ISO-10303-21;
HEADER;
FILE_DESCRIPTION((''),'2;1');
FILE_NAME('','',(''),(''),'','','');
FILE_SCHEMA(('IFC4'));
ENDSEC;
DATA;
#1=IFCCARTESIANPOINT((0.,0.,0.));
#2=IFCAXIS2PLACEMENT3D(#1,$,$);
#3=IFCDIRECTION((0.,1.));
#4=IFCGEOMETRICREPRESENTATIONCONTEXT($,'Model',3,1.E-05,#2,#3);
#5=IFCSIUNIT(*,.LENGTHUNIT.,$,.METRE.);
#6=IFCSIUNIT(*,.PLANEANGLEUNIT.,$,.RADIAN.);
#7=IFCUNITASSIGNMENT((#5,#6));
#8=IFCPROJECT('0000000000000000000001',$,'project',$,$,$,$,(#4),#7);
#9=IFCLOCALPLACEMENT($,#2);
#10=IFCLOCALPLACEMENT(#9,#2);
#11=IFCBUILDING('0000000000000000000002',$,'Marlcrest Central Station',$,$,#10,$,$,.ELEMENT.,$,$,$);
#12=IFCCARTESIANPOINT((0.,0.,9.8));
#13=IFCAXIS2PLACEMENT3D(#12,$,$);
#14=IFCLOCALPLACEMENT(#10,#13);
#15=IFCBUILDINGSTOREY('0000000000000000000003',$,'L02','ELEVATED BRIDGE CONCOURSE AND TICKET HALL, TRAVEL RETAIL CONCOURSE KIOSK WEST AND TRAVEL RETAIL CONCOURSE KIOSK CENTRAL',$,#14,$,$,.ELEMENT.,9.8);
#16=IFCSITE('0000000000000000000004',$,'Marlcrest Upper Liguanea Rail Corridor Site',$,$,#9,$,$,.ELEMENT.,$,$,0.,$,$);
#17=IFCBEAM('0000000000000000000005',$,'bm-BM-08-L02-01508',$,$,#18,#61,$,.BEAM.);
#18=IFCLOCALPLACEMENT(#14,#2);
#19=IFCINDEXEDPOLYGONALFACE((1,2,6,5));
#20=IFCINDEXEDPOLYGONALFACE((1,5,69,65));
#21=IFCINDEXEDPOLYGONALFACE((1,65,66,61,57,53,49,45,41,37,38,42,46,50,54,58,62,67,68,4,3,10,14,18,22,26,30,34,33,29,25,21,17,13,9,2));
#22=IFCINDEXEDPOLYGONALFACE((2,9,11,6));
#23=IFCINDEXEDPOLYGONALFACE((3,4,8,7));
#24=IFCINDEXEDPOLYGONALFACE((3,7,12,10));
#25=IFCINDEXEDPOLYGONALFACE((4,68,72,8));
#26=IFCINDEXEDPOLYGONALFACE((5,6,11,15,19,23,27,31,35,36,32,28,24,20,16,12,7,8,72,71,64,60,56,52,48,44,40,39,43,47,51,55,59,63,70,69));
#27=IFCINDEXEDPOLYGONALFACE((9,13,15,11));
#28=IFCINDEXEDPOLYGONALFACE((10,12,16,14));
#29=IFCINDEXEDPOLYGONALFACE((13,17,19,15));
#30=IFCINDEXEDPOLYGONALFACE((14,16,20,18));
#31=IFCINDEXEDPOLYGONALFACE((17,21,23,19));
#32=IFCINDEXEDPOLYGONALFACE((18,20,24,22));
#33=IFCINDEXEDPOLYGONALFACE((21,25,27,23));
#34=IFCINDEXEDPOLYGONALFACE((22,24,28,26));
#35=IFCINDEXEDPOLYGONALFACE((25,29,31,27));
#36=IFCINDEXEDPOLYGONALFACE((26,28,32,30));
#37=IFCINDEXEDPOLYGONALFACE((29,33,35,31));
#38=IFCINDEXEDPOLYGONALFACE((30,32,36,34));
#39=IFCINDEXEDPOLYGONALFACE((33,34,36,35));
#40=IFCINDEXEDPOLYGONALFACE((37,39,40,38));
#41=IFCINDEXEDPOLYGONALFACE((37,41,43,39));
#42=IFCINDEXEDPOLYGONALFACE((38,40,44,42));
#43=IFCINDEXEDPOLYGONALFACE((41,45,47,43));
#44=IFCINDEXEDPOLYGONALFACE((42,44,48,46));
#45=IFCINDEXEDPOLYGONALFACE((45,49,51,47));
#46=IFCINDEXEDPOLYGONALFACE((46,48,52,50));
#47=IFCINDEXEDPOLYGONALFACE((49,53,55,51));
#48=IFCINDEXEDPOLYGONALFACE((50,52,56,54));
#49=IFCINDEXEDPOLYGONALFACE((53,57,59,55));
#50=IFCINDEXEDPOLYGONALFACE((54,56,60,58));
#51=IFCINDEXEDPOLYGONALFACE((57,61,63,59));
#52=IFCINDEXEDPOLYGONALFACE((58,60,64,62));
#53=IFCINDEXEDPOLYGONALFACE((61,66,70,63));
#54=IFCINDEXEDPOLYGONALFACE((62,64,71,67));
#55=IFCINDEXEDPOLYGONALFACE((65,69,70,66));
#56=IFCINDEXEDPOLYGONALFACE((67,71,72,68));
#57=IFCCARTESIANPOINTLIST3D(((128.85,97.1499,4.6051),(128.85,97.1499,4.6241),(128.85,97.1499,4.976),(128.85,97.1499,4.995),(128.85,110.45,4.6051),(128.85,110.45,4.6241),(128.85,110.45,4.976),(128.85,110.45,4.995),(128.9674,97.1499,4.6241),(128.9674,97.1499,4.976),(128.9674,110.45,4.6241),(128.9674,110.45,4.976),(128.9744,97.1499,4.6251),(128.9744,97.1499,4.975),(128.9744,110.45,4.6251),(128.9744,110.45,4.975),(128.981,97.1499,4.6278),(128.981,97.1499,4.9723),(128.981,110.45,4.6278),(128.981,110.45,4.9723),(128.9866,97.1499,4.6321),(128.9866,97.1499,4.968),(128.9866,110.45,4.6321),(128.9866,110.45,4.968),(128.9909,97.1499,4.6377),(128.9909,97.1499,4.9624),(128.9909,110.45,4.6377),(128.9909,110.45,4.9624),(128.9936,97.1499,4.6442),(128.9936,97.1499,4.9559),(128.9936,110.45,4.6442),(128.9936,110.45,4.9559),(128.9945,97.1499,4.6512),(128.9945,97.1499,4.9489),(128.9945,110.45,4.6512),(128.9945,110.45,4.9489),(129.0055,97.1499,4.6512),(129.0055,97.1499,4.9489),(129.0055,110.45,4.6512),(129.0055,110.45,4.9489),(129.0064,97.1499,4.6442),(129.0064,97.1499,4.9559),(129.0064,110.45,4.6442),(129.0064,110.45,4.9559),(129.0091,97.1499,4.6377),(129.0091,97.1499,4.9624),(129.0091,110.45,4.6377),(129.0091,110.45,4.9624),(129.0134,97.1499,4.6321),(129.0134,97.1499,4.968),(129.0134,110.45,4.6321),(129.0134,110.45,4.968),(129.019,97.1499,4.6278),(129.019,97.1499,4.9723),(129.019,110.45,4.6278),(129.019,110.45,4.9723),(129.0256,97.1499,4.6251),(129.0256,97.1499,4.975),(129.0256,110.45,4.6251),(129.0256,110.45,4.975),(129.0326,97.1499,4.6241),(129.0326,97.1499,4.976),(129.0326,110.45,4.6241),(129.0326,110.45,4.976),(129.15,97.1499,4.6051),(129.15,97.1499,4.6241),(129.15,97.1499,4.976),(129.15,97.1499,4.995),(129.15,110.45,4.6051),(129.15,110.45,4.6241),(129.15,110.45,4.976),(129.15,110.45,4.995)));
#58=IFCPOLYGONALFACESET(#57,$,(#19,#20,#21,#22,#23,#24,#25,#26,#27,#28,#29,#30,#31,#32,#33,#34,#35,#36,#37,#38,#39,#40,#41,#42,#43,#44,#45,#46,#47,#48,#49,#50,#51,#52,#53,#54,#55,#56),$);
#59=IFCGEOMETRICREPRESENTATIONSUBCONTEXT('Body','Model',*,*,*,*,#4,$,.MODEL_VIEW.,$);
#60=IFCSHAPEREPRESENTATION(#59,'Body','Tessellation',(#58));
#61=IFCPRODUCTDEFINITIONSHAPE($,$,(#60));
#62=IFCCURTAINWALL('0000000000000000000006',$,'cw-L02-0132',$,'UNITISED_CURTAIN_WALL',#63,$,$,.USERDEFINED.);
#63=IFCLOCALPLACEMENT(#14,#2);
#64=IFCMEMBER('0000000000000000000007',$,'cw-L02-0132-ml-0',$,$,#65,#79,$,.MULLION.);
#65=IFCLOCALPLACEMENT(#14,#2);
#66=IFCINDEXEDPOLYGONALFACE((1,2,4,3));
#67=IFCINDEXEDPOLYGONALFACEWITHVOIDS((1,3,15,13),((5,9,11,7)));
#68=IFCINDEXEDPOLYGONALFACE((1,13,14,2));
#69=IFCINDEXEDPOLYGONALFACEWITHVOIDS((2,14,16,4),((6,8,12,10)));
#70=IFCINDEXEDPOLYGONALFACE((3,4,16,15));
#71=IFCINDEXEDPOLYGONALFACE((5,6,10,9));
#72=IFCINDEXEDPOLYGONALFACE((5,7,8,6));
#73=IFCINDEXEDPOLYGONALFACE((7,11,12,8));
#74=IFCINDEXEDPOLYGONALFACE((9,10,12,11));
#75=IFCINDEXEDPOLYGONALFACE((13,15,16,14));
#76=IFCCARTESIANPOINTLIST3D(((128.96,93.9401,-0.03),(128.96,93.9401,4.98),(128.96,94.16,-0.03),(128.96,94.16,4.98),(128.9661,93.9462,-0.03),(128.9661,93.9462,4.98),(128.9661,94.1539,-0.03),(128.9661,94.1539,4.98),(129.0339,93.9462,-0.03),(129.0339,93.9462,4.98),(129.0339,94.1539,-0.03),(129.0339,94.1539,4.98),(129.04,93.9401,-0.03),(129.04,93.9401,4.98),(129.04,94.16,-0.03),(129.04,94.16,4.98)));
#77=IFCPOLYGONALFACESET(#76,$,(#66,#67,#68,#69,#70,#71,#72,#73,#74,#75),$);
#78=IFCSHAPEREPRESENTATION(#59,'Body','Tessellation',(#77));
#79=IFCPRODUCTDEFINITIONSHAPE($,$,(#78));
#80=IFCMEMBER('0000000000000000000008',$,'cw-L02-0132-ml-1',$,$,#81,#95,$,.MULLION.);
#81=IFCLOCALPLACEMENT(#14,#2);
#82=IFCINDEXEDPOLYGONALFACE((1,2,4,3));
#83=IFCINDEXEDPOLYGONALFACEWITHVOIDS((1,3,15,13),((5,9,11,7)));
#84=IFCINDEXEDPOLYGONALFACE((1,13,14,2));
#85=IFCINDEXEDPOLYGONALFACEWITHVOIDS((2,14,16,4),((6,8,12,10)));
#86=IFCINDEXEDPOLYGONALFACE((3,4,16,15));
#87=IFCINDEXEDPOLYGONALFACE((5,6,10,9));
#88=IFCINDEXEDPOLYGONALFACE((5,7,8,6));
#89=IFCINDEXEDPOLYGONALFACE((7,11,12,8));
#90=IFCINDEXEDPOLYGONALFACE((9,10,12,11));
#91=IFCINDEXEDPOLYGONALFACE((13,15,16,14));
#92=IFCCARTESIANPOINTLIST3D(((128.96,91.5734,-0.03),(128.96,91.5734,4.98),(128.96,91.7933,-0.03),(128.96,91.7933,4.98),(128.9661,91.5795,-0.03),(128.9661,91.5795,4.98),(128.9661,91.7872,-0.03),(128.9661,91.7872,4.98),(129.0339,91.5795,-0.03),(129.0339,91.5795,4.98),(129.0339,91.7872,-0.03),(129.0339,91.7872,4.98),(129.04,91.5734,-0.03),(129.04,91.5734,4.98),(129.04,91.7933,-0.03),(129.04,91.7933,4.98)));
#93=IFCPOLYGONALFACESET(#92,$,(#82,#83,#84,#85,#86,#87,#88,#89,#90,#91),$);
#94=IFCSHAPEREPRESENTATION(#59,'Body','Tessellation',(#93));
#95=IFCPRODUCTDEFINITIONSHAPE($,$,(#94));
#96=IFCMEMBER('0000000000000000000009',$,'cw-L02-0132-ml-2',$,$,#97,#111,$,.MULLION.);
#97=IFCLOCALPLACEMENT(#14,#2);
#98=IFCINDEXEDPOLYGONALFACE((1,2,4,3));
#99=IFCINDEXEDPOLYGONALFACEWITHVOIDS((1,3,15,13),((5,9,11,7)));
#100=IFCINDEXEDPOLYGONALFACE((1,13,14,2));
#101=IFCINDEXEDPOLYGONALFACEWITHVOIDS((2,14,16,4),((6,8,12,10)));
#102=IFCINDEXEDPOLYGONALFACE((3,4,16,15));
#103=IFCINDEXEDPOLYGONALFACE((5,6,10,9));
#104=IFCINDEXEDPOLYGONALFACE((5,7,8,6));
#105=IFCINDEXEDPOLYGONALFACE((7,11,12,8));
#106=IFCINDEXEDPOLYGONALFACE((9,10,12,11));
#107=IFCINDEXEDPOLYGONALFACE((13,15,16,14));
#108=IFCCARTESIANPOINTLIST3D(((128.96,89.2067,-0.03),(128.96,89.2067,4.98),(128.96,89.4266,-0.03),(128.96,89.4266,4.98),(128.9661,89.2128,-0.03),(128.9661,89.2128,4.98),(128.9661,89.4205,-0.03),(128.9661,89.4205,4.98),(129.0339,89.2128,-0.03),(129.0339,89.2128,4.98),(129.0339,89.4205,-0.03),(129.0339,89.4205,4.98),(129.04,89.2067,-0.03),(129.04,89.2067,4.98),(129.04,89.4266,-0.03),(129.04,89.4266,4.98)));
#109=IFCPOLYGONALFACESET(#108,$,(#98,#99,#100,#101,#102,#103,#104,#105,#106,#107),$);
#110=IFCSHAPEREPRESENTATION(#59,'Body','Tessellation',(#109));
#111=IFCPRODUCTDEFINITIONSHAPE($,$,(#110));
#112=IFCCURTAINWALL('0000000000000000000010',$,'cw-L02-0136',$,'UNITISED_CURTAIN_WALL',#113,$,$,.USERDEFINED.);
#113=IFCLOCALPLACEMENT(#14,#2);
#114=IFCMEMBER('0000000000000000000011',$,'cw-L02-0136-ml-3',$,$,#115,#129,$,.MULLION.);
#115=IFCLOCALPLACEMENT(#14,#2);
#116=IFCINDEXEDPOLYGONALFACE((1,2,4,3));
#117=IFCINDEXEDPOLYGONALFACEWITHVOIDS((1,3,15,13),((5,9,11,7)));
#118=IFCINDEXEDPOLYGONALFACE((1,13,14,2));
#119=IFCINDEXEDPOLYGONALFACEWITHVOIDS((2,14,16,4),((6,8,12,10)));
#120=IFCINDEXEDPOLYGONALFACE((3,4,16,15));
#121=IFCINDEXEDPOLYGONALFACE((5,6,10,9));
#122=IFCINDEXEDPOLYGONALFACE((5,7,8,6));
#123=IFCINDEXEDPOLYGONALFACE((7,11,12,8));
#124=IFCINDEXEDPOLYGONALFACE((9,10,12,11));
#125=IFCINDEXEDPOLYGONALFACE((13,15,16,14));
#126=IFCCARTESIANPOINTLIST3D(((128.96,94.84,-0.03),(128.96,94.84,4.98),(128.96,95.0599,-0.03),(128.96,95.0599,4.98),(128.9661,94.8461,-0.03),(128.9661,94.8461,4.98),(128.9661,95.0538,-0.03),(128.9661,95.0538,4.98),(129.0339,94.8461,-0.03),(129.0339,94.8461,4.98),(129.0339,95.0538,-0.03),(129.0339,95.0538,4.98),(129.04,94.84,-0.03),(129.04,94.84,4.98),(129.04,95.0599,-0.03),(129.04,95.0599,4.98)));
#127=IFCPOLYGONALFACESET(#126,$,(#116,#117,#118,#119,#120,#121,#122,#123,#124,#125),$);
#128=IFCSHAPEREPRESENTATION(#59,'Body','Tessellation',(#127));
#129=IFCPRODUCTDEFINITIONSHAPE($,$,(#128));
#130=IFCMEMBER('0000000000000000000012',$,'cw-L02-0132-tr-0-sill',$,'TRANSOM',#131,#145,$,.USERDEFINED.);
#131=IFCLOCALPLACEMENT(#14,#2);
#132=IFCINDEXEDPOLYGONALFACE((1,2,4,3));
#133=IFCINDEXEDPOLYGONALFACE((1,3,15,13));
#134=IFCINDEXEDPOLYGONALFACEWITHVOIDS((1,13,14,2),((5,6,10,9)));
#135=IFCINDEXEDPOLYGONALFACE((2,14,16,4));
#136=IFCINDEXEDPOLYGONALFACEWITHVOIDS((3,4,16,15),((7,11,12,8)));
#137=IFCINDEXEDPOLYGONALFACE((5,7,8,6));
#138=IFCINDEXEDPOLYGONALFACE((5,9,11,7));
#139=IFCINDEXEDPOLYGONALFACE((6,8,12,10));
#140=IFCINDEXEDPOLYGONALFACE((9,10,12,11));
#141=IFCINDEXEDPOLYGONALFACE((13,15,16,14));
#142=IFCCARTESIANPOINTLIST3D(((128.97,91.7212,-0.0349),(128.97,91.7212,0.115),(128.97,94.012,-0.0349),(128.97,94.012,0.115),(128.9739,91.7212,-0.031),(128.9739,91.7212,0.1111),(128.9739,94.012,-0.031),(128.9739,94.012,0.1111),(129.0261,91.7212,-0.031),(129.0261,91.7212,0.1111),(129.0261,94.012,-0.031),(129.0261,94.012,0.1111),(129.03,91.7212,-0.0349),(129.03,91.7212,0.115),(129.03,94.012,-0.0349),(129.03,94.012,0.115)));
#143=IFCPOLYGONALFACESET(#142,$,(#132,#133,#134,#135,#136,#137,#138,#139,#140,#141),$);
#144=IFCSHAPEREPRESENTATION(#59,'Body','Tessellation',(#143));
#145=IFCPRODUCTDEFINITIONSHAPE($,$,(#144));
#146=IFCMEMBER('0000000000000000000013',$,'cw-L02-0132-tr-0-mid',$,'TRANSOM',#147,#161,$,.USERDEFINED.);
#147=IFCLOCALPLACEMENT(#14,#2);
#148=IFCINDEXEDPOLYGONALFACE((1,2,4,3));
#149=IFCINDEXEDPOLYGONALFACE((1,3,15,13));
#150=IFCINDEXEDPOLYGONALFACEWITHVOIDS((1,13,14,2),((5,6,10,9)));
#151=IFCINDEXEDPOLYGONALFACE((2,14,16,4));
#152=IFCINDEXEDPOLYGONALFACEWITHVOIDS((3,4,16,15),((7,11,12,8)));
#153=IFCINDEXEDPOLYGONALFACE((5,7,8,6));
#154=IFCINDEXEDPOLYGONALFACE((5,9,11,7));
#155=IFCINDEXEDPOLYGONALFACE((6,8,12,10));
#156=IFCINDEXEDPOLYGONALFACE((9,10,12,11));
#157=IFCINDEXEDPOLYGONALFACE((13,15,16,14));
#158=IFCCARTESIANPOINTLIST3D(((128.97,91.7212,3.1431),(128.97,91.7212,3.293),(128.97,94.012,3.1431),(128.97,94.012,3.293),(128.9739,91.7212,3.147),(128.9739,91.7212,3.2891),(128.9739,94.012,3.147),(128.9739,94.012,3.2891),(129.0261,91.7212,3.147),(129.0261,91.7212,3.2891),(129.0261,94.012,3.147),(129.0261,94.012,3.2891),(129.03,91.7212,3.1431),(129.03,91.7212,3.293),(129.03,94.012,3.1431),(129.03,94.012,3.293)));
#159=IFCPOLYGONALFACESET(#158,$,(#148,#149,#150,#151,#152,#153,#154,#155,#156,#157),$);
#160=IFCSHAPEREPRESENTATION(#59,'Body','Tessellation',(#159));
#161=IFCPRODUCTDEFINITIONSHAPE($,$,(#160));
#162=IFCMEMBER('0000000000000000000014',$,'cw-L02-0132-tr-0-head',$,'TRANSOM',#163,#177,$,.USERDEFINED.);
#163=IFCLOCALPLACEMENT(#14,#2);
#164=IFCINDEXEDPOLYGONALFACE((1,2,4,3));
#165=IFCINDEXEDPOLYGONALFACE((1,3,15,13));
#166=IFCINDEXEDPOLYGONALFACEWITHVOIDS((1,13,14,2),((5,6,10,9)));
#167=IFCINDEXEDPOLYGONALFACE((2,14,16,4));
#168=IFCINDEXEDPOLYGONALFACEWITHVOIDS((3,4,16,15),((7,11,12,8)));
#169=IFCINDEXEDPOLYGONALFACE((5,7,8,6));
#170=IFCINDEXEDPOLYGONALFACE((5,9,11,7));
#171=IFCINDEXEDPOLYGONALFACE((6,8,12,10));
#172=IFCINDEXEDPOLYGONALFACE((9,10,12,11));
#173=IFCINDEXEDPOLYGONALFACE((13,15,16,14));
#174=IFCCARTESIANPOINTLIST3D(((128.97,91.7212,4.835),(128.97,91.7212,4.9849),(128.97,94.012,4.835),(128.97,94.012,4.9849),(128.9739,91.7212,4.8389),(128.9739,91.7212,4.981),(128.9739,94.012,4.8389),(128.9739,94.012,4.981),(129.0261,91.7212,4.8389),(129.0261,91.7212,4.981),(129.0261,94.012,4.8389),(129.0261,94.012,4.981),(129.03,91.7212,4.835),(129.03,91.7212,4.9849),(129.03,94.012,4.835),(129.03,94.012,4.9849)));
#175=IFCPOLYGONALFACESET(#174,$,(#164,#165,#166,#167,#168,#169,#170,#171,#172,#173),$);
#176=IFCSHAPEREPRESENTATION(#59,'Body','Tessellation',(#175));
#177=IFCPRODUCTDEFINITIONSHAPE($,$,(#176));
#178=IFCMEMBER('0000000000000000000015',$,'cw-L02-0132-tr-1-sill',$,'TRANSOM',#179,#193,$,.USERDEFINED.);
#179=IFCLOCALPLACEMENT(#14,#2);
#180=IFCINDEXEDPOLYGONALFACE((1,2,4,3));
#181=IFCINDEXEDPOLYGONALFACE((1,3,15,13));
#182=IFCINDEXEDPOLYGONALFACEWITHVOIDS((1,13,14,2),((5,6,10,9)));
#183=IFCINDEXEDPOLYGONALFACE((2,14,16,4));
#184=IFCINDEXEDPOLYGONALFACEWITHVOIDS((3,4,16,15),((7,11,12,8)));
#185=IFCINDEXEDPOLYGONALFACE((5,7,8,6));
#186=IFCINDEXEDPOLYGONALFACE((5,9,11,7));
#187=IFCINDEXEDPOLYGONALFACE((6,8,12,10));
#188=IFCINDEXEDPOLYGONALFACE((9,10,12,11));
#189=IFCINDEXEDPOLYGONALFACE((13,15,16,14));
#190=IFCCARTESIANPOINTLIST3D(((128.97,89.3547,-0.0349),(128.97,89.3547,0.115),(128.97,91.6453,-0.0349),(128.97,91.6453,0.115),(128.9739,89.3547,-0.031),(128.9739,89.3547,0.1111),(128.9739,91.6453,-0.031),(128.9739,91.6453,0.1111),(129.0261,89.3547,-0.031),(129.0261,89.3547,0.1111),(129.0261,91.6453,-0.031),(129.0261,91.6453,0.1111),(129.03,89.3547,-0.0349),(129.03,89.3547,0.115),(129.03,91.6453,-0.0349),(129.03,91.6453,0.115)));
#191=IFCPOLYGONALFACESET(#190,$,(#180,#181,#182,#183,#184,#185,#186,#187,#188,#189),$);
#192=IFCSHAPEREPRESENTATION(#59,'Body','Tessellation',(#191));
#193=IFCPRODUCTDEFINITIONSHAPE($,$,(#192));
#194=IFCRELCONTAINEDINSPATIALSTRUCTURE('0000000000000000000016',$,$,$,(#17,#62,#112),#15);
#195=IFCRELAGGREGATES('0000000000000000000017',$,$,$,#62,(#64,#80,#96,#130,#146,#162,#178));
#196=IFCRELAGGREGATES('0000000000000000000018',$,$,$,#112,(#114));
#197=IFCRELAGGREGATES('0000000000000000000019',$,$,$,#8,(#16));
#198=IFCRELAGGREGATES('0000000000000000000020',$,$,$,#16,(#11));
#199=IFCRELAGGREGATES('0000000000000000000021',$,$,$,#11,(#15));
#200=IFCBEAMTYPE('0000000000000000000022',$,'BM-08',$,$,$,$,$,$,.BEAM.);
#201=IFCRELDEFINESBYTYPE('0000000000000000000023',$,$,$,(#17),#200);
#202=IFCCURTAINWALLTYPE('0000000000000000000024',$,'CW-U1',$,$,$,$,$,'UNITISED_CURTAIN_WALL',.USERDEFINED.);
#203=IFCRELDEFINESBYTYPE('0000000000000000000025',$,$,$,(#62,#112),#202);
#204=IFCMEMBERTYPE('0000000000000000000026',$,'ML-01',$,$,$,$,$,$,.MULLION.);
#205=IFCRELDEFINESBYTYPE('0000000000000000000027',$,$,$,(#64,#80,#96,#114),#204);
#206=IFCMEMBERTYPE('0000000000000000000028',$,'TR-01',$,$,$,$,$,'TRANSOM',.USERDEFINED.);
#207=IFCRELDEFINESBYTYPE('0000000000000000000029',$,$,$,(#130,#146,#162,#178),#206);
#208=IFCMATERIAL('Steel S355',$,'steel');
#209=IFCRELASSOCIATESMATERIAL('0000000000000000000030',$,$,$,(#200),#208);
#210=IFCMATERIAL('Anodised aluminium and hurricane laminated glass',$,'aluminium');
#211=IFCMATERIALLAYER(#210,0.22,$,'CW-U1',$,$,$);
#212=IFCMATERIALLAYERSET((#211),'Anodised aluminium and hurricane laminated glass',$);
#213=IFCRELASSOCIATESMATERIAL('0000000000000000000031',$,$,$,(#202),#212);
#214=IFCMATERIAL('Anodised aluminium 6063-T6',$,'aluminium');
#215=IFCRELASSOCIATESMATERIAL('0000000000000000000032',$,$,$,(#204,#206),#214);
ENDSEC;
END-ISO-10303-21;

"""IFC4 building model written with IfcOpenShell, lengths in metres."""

from ifc_helpers import new_model, si_unit, direction, frame, origin, origin_2d, place, context, subcontext, project, spatial, hollow_rectangle, i_section, extrude, material, layer, layer_set, material_profile, profile_set, type_object, element, aggregate, save


model = new_model("IFC4")

# Units and contexts
model_context = context("Model", 3, precision=1e-05, world=origin(), true_north=direction((0.0, 1.0)))
body_context = subcontext(model_context, "Body", "Model", "MODEL_VIEW")
ifc_project = project(units=[si_unit("LENGTHUNIT", "METRE"), si_unit("PLANEANGLEUNIT", "RADIAN")], contexts=[model_context])

# Site, building, storey
site_placement = place(None, origin())
site = spatial("IfcSite", under=ifc_project, at=site_placement, Name="Marlcrest Upper Liguanea Rail Corridor Site", CompositionType="ELEMENT", RefElevation=0.0)
building_placement = place(site_placement, origin())
building = spatial("IfcBuilding", under=site, at=building_placement, Name="Marlcrest Central Station", CompositionType="ELEMENT")
storey_placement = place(building_placement, frame((0.0, 0.0, 9.8)))
storey = spatial("IfcBuildingStorey", under=building, at=storey_placement, Name="L02", Description="ELEVATED BRIDGE CONCOURSE AND TICKET HALL, TRAVEL RETAIL CONCOURSE KIOSK WEST AND TRAVEL RETAIL CONCOURSE KIOSK CENTRAL", CompositionType="ELEMENT", Elevation=9.8)

# Shared definitions
ifc_material_1 = material(Name="Steel S355", Category="steel")

# Beam
ifc_material_profile_1 = material_profile(ifc_material_1, i_section(OverallWidth=0.3, OverallDepth=0.3899, WebThickness=0.011, FlangeThickness=0.019, FilletRadius=0.0271, at=origin_2d()), Name="HEA 400")
ifc_profile_set_1 = profile_set([ifc_material_profile_1], Name="Steel S355")
beam_type = type_object("IfcBeamType", Name="BM-08", PredefinedType="BEAM", material=ifc_profile_set_1)
beam_placement = place(storey_placement, frame((129.0, 97.1499, 4.8), z_axis=(0.0, 1.0, 0.0), x_axis=(-1.0, 0.0, 0.0)))
element("IfcBeam", 1, at=beam_placement, inside=storey, type_object=beam_type, Name="bm-BM-08-L02-01508", PredefinedType="BEAM", context=body_context, shape_type="SweptSolid", body=[
    extrude(i_section(OverallWidth=0.3, OverallDepth=0.3899, WebThickness=0.011, FlangeThickness=0.019, FilletRadius=0.0271, at=origin_2d()), origin(), (0.0, 0.0, 1.0), 13.3),
])

# Curtain wall, members
ifc_material_2 = material(Name="Anodised aluminium and hurricane laminated glass", Category="aluminium")
ifc_layer_1 = layer(ifc_material_2, 0.22, Name="CW-U1")
ifc_layer_set_1 = layer_set([ifc_layer_1], Name="Anodised aluminium and hurricane laminated glass")
curtain_wall_type = type_object("IfcCurtainWallType", Name="CW-U1", ElementType="UNITISED_CURTAIN_WALL", PredefinedType="USERDEFINED", material=ifc_layer_set_1)
curtain_wall_1_placement = place(storey_placement, origin())
curtain_wall_1 = element("IfcCurtainWall", 2, at=curtain_wall_1_placement, inside=storey, type_object=curtain_wall_type, Name="cw-L02-0132", ObjectType="UNITISED_CURTAIN_WALL", PredefinedType="USERDEFINED")
ifc_material_3 = material(Name="Anodised aluminium 6063-T6", Category="aluminium")
ifc_material_profile_2 = material_profile(ifc_material_3, hollow_rectangle(XDim=0.0801, YDim=0.22, WallThickness=0.0061, at=origin_2d()), Name="AA-RHS 220x80x6")
ifc_profile_set_2 = profile_set([ifc_material_profile_2], Name="Anodised aluminium 6063-T6")
member_type_1 = type_object("IfcMemberType", Name="ML-01", PredefinedType="MULLION", material=ifc_profile_set_2)
member_1_placement = place(storey_placement, frame((129.0, 94.05, -0.03), z_axis=(0.0, 0.0, 1.0), x_axis=(1.0, 0.0, 0.0)))
member_1 = element("IfcMember", 3, at=member_1_placement, type_object=member_type_1, Name="cw-L02-0132-ml-0", PredefinedType="MULLION", context=body_context, shape_type="SweptSolid", body=[
    extrude(hollow_rectangle(XDim=0.0801, YDim=0.22, WallThickness=0.0061, at=origin_2d()), origin(), (0.0, 0.0, 1.0), 5.01),
])
member_2_placement = place(storey_placement, frame((129.0, 91.6833, -0.03), z_axis=(0.0, 0.0, 1.0), x_axis=(1.0, 0.0, 0.0)))
member_2 = element("IfcMember", 4, at=member_2_placement, type_object=member_type_1, Name="cw-L02-0132-ml-1", PredefinedType="MULLION", context=body_context, shape_type="SweptSolid", body=[
    extrude(hollow_rectangle(XDim=0.0801, YDim=0.22, WallThickness=0.0061, at=origin_2d()), origin(), (0.0, 0.0, 1.0), 5.01),
])
member_3_placement = place(storey_placement, frame((129.0, 89.3167, -0.03), z_axis=(0.0, 0.0, 1.0), x_axis=(1.0, 0.0, 0.0)))
member_3 = element("IfcMember", 5, at=member_3_placement, type_object=member_type_1, Name="cw-L02-0132-ml-2", PredefinedType="MULLION", context=body_context, shape_type="SweptSolid", body=[
    extrude(hollow_rectangle(XDim=0.0801, YDim=0.22, WallThickness=0.0061, at=origin_2d()), origin(), (0.0, 0.0, 1.0), 5.01),
])

# Curtain wall, member
curtain_wall_2_placement = place(storey_placement, origin())
curtain_wall_2 = element("IfcCurtainWall", 6, at=curtain_wall_2_placement, inside=storey, type_object=curtain_wall_type, Name="cw-L02-0136", ObjectType="UNITISED_CURTAIN_WALL", PredefinedType="USERDEFINED")
member_4_placement = place(storey_placement, frame((129.0, 94.95, -0.03), z_axis=(0.0, 0.0, 1.0), x_axis=(1.0, 0.0, 0.0)))
member_4 = element("IfcMember", 7, at=member_4_placement, type_object=member_type_1, Name="cw-L02-0136-ml-3", PredefinedType="MULLION", context=body_context, shape_type="SweptSolid", body=[
    extrude(hollow_rectangle(XDim=0.0801, YDim=0.22, WallThickness=0.0061, at=origin_2d()), origin(), (0.0, 0.0, 1.0), 5.01),
])

# Members
ifc_material_profile_3 = material_profile(ifc_material_3, hollow_rectangle(XDim=0.0601, YDim=0.1499, WallThickness=0.0039, at=origin_2d()), Name="AA-RHS 150x60x4")
ifc_profile_set_3 = profile_set([ifc_material_profile_3], Name="Anodised aluminium 6063-T6")
member_type_2 = type_object("IfcMemberType", Name="TR-01", ElementType="TRANSOM", PredefinedType="USERDEFINED", material=ifc_profile_set_3)
member_5_placement = place(storey_placement, frame((129.0, 94.012, 0.04), z_axis=(0.0, -1.0, 0.0), x_axis=(1.0, 0.0, 0.0)))
member_5 = element("IfcMember", 8, at=member_5_placement, type_object=member_type_2, Name="cw-L02-0132-tr-0-sill", ObjectType="TRANSOM", PredefinedType="USERDEFINED", context=body_context, shape_type="SweptSolid", body=[
    extrude(hollow_rectangle(XDim=0.0601, YDim=0.1499, WallThickness=0.0039, at=origin_2d()), origin(), (0.0, 0.0, 1.0), 2.2908),
])
member_6_placement = place(storey_placement, frame((129.0, 94.012, 3.218), z_axis=(0.0, -1.0, 0.0), x_axis=(1.0, 0.0, 0.0)))
member_6 = element("IfcMember", 9, at=member_6_placement, type_object=member_type_2, Name="cw-L02-0132-tr-0-mid", ObjectType="TRANSOM", PredefinedType="USERDEFINED", context=body_context, shape_type="SweptSolid", body=[
    extrude(hollow_rectangle(XDim=0.0601, YDim=0.1499, WallThickness=0.0039, at=origin_2d()), origin(), (0.0, 0.0, 1.0), 2.2908),
])
member_7_placement = place(storey_placement, frame((129.0, 94.012, 4.9099), z_axis=(0.0, -1.0, 0.0), x_axis=(1.0, 0.0, 0.0)))
member_7 = element("IfcMember", 10, at=member_7_placement, type_object=member_type_2, Name="cw-L02-0132-tr-0-head", ObjectType="TRANSOM", PredefinedType="USERDEFINED", context=body_context, shape_type="SweptSolid", body=[
    extrude(hollow_rectangle(XDim=0.0601, YDim=0.1499, WallThickness=0.0039, at=origin_2d()), origin(), (0.0, 0.0, 1.0), 2.2908),
])
member_8_placement = place(storey_placement, frame((129.0, 91.6453, 0.04), z_axis=(0.0, -1.0, 0.0), x_axis=(1.0, 0.0, 0.0)))
member_8 = element("IfcMember", 11, at=member_8_placement, type_object=member_type_2, Name="cw-L02-0132-tr-1-sill", ObjectType="TRANSOM", PredefinedType="USERDEFINED", context=body_context, shape_type="SweptSolid", body=[
    extrude(hollow_rectangle(XDim=0.0601, YDim=0.1499, WallThickness=0.0039, at=origin_2d()), origin(), (0.0, 0.0, 1.0), 2.2905),
])

aggregate(curtain_wall_1, [member_1, member_2, member_3, member_5, member_6, member_7, member_8])
aggregate(curtain_wall_2, [member_4])

save(model, "model.ifc")
